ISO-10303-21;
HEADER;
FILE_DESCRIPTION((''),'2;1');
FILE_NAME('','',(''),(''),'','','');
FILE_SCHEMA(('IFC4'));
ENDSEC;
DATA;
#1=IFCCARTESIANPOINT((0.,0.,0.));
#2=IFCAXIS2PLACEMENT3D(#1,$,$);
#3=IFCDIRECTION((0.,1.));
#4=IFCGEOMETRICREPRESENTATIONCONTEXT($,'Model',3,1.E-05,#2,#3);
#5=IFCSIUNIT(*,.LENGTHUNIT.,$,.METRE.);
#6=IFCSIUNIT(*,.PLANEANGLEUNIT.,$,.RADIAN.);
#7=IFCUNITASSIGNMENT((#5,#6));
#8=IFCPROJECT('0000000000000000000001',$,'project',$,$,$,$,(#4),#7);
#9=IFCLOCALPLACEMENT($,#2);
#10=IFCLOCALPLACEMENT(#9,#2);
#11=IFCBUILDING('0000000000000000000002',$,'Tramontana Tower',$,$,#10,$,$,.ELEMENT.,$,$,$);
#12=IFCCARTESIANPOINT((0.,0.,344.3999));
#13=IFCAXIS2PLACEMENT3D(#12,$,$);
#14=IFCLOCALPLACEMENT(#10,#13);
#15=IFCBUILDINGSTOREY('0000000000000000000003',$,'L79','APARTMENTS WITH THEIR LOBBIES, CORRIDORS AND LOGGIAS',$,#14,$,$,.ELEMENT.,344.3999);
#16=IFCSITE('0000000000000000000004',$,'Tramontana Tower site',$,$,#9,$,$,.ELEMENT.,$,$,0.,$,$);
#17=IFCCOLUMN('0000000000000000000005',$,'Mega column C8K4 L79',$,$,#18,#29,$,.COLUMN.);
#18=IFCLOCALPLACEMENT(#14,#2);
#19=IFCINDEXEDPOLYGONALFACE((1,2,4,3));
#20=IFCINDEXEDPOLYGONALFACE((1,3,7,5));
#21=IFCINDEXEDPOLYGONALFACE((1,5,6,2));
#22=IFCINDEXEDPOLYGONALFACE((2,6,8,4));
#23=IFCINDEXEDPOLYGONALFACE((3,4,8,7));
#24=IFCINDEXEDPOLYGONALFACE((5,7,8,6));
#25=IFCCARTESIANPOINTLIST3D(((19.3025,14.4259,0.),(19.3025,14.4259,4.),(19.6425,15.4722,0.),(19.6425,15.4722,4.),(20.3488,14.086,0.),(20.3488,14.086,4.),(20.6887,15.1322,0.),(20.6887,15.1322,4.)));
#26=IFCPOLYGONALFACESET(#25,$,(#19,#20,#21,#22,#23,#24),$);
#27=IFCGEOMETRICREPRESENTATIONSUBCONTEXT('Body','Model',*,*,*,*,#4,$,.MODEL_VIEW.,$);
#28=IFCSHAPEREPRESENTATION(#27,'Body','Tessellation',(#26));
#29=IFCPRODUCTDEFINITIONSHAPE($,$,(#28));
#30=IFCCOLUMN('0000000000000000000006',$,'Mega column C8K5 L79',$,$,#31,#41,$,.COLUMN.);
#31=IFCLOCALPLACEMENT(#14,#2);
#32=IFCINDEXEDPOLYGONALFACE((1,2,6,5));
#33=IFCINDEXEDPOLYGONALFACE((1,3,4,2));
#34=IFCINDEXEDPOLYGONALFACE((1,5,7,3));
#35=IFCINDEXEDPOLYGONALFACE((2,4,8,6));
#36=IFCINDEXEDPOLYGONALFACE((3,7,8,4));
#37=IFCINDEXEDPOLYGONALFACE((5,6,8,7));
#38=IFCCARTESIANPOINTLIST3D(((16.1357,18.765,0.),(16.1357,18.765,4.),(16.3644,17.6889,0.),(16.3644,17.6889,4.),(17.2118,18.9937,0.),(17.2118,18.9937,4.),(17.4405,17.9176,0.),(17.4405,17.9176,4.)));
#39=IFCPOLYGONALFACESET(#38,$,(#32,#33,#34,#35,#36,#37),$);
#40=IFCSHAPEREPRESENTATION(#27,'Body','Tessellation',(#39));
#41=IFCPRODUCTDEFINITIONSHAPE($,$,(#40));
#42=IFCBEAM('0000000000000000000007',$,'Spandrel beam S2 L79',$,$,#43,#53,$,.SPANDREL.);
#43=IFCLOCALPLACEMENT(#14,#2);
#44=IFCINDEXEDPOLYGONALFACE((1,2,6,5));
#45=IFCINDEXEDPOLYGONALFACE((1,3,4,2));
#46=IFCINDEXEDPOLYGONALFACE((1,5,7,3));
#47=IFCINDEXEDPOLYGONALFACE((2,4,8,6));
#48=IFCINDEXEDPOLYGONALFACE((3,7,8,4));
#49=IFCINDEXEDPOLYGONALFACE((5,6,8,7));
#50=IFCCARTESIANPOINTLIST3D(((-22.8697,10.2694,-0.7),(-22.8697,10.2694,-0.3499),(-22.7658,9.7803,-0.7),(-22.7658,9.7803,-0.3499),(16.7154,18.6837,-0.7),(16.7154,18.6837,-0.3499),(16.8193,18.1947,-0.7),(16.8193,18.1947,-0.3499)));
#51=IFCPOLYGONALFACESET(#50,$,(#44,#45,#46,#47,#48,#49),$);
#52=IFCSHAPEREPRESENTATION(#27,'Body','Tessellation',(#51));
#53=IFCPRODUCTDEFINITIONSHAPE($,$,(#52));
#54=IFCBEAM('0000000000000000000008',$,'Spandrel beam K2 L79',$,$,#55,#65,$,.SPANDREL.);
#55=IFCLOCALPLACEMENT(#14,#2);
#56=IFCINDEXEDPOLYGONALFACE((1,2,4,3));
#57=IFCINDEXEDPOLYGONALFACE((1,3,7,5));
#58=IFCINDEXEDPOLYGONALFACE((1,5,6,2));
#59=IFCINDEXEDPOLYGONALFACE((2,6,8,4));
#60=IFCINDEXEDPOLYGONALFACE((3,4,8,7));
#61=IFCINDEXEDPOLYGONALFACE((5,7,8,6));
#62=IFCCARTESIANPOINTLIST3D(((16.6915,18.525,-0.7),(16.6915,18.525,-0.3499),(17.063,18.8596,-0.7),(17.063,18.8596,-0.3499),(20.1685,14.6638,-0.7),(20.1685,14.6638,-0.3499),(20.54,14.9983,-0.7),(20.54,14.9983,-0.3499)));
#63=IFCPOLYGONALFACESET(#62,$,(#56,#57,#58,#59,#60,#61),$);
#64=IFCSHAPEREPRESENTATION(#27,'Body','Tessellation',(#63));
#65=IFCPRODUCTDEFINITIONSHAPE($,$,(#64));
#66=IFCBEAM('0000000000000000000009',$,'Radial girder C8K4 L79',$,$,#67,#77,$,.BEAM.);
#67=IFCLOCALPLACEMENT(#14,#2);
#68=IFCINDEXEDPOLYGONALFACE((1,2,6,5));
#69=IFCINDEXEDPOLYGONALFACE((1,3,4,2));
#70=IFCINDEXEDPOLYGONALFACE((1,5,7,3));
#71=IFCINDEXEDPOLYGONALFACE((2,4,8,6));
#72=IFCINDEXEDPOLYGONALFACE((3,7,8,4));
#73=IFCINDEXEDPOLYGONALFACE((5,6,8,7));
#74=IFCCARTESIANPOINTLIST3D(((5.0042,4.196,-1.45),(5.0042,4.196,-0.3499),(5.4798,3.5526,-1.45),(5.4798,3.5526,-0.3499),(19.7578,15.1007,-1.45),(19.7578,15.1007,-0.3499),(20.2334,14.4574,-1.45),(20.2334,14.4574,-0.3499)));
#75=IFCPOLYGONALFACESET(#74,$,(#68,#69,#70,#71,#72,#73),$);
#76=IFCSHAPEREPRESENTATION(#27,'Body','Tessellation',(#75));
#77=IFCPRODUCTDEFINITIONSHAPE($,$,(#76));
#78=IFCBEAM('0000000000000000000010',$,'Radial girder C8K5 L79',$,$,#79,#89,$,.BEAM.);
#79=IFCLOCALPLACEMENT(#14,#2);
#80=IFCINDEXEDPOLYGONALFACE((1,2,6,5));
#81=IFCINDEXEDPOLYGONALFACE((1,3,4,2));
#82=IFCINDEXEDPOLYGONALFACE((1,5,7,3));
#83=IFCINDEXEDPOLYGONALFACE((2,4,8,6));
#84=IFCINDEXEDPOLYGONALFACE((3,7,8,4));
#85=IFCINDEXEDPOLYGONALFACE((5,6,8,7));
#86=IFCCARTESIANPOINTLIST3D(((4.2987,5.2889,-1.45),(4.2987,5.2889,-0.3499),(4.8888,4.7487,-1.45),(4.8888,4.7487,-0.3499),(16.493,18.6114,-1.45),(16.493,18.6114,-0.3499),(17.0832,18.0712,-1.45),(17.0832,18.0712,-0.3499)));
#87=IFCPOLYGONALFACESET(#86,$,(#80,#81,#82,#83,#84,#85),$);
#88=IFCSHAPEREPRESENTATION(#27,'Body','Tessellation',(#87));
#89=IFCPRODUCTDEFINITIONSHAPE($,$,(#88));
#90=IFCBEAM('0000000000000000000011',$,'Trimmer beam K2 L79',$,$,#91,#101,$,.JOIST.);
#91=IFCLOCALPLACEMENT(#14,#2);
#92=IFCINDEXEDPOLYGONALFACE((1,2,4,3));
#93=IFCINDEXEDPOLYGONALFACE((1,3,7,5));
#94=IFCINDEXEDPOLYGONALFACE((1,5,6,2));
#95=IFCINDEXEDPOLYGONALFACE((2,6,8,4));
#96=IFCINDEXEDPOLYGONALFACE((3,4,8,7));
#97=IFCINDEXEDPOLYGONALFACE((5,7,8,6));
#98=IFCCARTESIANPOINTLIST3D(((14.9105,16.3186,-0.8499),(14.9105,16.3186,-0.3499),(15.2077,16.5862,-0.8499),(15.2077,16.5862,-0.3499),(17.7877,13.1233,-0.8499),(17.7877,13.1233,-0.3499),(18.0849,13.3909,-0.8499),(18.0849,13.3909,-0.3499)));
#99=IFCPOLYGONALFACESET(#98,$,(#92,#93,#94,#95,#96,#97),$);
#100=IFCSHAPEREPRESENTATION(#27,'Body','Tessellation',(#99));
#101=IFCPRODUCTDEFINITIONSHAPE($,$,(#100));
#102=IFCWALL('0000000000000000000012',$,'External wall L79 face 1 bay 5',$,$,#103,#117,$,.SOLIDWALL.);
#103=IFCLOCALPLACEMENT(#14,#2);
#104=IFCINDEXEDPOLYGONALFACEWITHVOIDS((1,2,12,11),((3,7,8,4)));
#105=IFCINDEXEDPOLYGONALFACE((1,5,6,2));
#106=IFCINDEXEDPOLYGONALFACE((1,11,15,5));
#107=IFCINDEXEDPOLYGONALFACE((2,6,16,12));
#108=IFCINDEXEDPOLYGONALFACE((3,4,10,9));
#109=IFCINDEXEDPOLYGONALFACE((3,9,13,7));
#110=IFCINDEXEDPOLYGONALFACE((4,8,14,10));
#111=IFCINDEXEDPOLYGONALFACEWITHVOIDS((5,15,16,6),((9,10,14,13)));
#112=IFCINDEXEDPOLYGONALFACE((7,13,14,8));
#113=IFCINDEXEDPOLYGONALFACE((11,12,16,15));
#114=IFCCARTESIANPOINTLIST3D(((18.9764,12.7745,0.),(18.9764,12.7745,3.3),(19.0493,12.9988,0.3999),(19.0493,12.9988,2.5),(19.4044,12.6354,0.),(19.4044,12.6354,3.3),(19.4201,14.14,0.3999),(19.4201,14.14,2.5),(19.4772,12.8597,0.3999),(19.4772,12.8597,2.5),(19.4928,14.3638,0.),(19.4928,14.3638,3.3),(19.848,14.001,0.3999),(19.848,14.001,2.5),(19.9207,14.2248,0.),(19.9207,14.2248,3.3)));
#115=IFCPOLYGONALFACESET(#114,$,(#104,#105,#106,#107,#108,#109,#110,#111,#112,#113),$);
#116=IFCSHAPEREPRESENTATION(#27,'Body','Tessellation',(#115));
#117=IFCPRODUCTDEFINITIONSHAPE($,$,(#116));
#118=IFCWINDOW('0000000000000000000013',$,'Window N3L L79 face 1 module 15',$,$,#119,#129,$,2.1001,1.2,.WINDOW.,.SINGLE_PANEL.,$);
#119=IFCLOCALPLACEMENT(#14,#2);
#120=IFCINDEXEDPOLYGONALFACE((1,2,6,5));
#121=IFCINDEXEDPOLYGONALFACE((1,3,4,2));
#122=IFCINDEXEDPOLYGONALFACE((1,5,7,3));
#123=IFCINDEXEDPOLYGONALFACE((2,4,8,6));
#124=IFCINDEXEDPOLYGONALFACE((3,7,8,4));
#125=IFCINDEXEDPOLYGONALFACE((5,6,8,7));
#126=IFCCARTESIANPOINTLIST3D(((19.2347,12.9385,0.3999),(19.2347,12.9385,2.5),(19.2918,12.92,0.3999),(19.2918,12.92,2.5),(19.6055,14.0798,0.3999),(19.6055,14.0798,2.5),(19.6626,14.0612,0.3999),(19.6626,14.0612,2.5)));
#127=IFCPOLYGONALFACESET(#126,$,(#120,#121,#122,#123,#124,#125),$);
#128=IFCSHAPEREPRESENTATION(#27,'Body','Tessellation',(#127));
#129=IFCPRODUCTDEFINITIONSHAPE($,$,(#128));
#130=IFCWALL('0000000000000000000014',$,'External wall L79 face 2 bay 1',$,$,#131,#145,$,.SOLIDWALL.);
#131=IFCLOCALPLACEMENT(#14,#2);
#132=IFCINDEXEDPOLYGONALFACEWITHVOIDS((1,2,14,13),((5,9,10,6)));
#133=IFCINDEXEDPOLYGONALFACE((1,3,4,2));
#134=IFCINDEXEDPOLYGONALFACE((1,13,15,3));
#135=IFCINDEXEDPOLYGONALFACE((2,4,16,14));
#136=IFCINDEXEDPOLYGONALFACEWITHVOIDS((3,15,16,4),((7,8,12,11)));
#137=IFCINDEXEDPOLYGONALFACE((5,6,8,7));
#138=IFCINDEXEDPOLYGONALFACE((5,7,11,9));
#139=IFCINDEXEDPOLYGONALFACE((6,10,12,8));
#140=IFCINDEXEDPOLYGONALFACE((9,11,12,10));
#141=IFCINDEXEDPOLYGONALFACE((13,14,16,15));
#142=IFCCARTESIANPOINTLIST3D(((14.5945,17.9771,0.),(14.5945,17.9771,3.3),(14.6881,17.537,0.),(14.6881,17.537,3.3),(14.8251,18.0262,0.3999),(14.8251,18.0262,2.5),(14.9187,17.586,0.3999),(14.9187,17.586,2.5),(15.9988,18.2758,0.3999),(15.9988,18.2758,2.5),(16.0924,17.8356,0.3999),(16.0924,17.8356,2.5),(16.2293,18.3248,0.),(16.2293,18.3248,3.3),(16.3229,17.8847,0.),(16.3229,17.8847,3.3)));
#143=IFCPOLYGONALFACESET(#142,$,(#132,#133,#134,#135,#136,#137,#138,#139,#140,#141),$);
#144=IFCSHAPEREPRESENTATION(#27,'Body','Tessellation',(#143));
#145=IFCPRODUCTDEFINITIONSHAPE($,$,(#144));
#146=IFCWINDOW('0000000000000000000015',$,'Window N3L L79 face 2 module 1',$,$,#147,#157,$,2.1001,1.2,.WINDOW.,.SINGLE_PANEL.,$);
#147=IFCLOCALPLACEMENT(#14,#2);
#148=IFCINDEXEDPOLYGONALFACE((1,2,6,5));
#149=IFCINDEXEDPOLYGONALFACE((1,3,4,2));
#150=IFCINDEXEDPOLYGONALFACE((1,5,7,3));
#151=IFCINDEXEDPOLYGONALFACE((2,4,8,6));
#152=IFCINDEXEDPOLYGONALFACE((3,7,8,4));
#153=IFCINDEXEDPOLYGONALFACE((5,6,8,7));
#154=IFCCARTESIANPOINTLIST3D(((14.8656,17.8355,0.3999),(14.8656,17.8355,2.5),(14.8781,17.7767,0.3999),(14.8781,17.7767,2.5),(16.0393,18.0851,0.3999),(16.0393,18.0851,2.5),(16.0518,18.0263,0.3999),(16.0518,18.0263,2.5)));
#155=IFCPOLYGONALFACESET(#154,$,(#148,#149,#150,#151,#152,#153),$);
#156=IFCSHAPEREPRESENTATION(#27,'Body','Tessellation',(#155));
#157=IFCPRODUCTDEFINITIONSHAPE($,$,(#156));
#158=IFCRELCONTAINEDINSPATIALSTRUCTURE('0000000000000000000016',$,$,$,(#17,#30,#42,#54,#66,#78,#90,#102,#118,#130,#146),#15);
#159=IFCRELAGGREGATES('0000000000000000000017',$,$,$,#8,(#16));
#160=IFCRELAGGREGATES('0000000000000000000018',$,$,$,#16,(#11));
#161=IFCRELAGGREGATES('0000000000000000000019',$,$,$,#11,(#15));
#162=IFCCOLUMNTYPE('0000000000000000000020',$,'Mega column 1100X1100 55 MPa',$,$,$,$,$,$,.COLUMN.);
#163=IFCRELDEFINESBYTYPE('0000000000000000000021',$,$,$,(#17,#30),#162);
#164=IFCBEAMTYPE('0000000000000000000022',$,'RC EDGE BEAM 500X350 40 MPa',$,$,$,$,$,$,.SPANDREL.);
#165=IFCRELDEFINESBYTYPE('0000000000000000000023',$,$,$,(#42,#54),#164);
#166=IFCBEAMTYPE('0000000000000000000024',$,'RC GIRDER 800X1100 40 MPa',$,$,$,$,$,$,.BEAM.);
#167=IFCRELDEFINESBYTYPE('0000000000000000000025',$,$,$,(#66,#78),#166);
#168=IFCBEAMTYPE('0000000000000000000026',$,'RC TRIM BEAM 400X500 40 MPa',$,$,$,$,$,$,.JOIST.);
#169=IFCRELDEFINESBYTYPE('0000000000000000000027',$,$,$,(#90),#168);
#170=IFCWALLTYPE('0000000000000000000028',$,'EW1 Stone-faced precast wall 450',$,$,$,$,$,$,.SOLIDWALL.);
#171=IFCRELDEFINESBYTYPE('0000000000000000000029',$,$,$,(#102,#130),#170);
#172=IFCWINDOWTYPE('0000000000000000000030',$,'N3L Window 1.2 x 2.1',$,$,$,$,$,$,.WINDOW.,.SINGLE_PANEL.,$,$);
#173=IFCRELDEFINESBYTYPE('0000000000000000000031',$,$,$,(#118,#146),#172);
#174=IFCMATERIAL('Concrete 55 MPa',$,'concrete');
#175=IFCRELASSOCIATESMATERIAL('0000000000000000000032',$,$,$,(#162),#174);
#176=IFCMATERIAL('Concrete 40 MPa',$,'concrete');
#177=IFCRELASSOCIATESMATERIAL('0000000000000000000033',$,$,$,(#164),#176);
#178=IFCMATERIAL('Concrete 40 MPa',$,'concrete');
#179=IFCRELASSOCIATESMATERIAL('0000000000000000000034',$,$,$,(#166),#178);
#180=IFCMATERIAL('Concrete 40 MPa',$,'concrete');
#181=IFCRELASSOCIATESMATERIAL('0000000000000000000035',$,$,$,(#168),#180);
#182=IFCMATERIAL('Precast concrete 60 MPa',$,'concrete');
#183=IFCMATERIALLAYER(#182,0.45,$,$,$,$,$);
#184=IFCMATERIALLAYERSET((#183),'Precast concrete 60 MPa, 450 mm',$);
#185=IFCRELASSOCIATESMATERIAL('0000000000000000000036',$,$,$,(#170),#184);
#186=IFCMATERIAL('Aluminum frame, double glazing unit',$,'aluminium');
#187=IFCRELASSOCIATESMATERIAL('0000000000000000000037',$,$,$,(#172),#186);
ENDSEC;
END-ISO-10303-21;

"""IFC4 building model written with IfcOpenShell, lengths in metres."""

from ifc_helpers import new_model, si_unit, direction, frame, frame_2d, origin, origin_2d, place, context, subcontext, project, spatial, rectangle, extrude, material, layer, layer_set, material_profile, profile_set, type_object, element, fill, save


model = new_model("IFC4")

# Units and contexts
model_context = context("Model", 3, precision=1e-05, world=origin(), true_north=direction((0.0, 1.0)))
body_context = subcontext(model_context, "Body", "Model", "MODEL_VIEW")
ifc_project = project(units=[si_unit("LENGTHUNIT", "METRE"), si_unit("PLANEANGLEUNIT", "RADIAN")], contexts=[model_context])

# Site, building, storey
site_placement = place(None, origin())
site = spatial("IfcSite", under=ifc_project, at=site_placement, Name="Tramontana Tower site", CompositionType="ELEMENT", RefElevation=0.0)
building_placement = place(site_placement, origin())
building = spatial("IfcBuilding", under=site, at=building_placement, Name="Tramontana Tower", CompositionType="ELEMENT")
storey_placement = place(building_placement, frame((0.0, 0.0, 344.3999)))
storey = spatial("IfcBuildingStorey", under=building, at=storey_placement, Name="L79", Description="APARTMENTS WITH THEIR LOBBIES, CORRIDORS AND LOGGIAS", CompositionType="ELEMENT", Elevation=344.3999)

# Columns
ifc_material_1 = material(Name="Concrete 55 MPa", Category="concrete")
ifc_material_profile_1 = material_profile(ifc_material_1, rectangle(XDim=1.1001, YDim=1.1001, at=origin_2d()), Name="Mega column 1100X1100 55 MPa")
ifc_profile_set_1 = profile_set([ifc_material_profile_1], Name="Concrete 55 MPa")
column_type = type_object("IfcColumnType", Name="Mega column 1100X1100 55 MPa", PredefinedType="COLUMN", material=ifc_profile_set_1)
for number, where, z_axis, x_axis, name in (
    (1, (19.9956, 14.7791, 0.0), (0.0, 0.0, 1.0), (0.309017, 0.951057, 0.0), "Mega column C8K4 L79"),
    (2, (16.7881, 18.3413, 0.0), (0.0, 0.0, 1.0), (-0.978148, -0.207912, 0.0), "Mega column C8K5 L79"),
):
    element("IfcColumn", number, at=place(storey_placement, frame(where, z_axis=z_axis, x_axis=x_axis)), inside=storey, type_object=column_type, Name=name, PredefinedType="COLUMN", context=body_context, shape_type="SweptSolid", body=[
        extrude(rectangle(XDim=1.1001, YDim=1.1001, at=origin_2d()), origin(), (0.0, 0.0, 1.0), 4.0),
    ])

# Beams
ifc_material_2 = material(Name="Concrete 40 MPa", Category="concrete")
ifc_material_profile_2 = material_profile(ifc_material_2, rectangle(XDim=0.5, YDim=0.3501, at=origin_2d()), Name="RC EDGE BEAM 500X350 40 MPa")
ifc_profile_set_2 = profile_set([ifc_material_profile_2], Name="Concrete 40 MPa")
beam_type_1 = type_object("IfcBeamType", Name="RC EDGE BEAM 500X350 40 MPa", PredefinedType="SPANDREL", material=ifc_profile_set_2)
beam_1_placement = place(storey_placement, frame((16.7673, 18.4392, -0.5249), z_axis=(-0.978146, -0.207918, 0.0), x_axis=(0.207918, -0.978146, 0.0)))
element("IfcBeam", 3, at=beam_1_placement, inside=storey, type_object=beam_type_1, Name="Spandrel beam S2 L79", PredefinedType="SPANDREL", context=body_context, shape_type="SweptSolid", body=[
    extrude(rectangle(XDim=0.5, YDim=0.3501, at=origin_2d()), origin(), (0.0, 0.0, 1.0), 40.4695),
])
beam_2_placement = place(storey_placement, frame((20.3542, 14.8311, -0.5249), z_axis=(-0.669162, 0.743117, 0.0), x_axis=(-0.743117, -0.669162, 0.0)))
element("IfcBeam", 4, at=beam_2_placement, inside=storey, type_object=beam_type_1, Name="Spandrel beam K2 L79", PredefinedType="SPANDREL", context=body_context, shape_type="SweptSolid", body=[
    extrude(rectangle(XDim=0.5, YDim=0.3501, at=origin_2d()), origin(), (0.0, 0.0, 1.0), 5.196),
])
ifc_material_3 = material(Name="Concrete 40 MPa", Category="concrete")
ifc_material_profile_3 = material_profile(ifc_material_3, rectangle(XDim=0.8, YDim=1.1001, at=origin_2d()), Name="RC GIRDER 800X1100 40 MPa")
ifc_profile_set_3 = profile_set([ifc_material_profile_3], Name="Concrete 40 MPa")
beam_type_2 = type_object("IfcBeamType", Name="RC GIRDER 800X1100 40 MPa", PredefinedType="BEAM", material=ifc_profile_set_3)
beam_3_placement = place(storey_placement, frame((19.9956, 14.7791, -0.8999), z_axis=(-0.804179, -0.594388, 0.0), x_axis=(0.594388, -0.804179, 0.0)))
element("IfcBeam", 5, at=beam_3_placement, inside=storey, type_object=beam_type_2, Name="Radial girder C8K4 L79", PredefinedType="BEAM", context=body_context, shape_type="SweptSolid", body=[
    extrude(rectangle(XDim=0.8, YDim=1.1001, at=origin_2d()), origin(), (0.0, 0.0, 1.0), 18.3462),
])
beam_4_placement = place(storey_placement, frame((16.7881, 18.3413, -0.8999), z_axis=(-0.675184, -0.737649, 0.0), x_axis=(0.737649, -0.675184, 0.0)))
element("IfcBeam", 6, at=beam_4_placement, inside=storey, type_object=beam_type_2, Name="Radial girder C8K5 L79", PredefinedType="BEAM", context=body_context, shape_type="SweptSolid", body=[
    extrude(rectangle(XDim=0.8, YDim=1.1001, at=origin_2d()), origin(), (0.0, 0.0, 1.0), 18.0608),
])
ifc_material_4 = material(Name="Concrete 40 MPa", Category="concrete")
ifc_material_profile_4 = material_profile(ifc_material_4, rectangle(XDim=0.3999, YDim=0.5, at=origin_2d()), Name="RC TRIM BEAM 400X500 40 MPa")
ifc_profile_set_4 = profile_set([ifc_material_profile_4], Name="Concrete 40 MPa")
beam_type_3 = type_object("IfcBeamType", Name="RC TRIM BEAM 400X500 40 MPa", PredefinedType="JOIST", material=ifc_profile_set_4)
beam_5_placement = place(storey_placement, frame((17.9363, 13.2571, -0.5999), z_axis=(-0.669147, 0.74313, 0.0), x_axis=(-0.74313, -0.669147, 0.0)))
element("IfcBeam", 7, at=beam_5_placement, inside=storey, type_object=beam_type_3, Name="Trimmer beam K2 L79", PredefinedType="JOIST", context=body_context, shape_type="SweptSolid", body=[
    extrude(rectangle(XDim=0.3999, YDim=0.5, at=origin_2d()), origin(), (0.0, 0.0, 1.0), 4.2998),
])

# Walls, openings, windows
ifc_material_5 = material(Name="Precast concrete 60 MPa", Category="concrete")
ifc_layer_1 = layer(ifc_material_5, 0.45)
ifc_layer_set_1 = layer_set([ifc_layer_1], Name="Precast concrete 60 MPa, 450 mm")
wall_type_1 = type_object("IfcWallType", Name="EW1 Stone-faced precast wall 450", PredefinedType="SOLIDWALL", material=ifc_layer_set_1)
wall_1_placement = place(storey_placement, frame((19.1904, 12.7051, 0.0), z_axis=(0.0, 0.0, 1.0), x_axis=(0.308987, 0.951066, 0.0)))
wall_1 = element("IfcWall", 8, at=wall_1_placement, inside=storey, type_object=wall_type_1, Name="External wall L79 face 1 bay 5", PredefinedType="SOLIDWALL", context=body_context, shape_type="SweptSolid", body=[
    extrude(rectangle(XDim=1.6711, YDim=0.45, at=frame_2d((0.8354, 0.0))), origin(), (0.0, 0.0, 1.0), 3.3),
])
opening_1_placement = place(wall_1_placement, frame((0.2356, 0.0, 0.3999)))
opening_1 = element("IfcOpeningElement", 9, at=opening_1_placement, cuts=wall_1, PredefinedType="OPENING", context=body_context, shape_type="SweptSolid", body=[
    extrude(rectangle(XDim=1.2, YDim=2.1001, at=frame_2d((0.6001, 1.05))), frame((0.0, 0.2349, 0.0), z_axis=(0.0, -1.0, 0.0), x_axis=(1.0, 0.0, 0.0)), (0.0, 0.0, 1.0), 0.47),
])
ifc_material_6 = material(Name="Aluminum frame, double glazing unit", Category="aluminium")
window_type_1 = type_object("IfcWindowType", Name="N3L Window 1.2 x 2.1", PartitioningType="SINGLE_PANEL", PredefinedType="WINDOW", material=ifc_material_6)
window_1_placement = place(opening_1_placement, origin())
window_1 = element("IfcWindow", 10, at=window_1_placement, inside=storey, type_object=window_type_1, Name="Window N3L L79 face 1 module 15", OverallHeight=2.1001, OverallWidth=1.2, PartitioningType="SINGLE_PANEL", PredefinedType="WINDOW", context=body_context, shape_type="SweptSolid", body=[
    extrude(rectangle(XDim=1.2, YDim=2.1001, at=frame_2d((0.6001, 1.05))), frame((0.0, 0.03, 0.0), z_axis=(0.0, -1.0, 0.0), x_axis=(1.0, 0.0, 0.0)), (0.0, 0.0, 1.0), 0.0601),
])
fill(opening_1, window_1)
wall_2_placement = place(storey_placement, frame((16.2761, 18.1047, 0.0), z_axis=(0.0, 0.0, 1.0), x_axis=(-0.978126, -0.208012, 0.0)))
wall_2 = element("IfcWall", 11, at=wall_2_placement, inside=storey, type_object=wall_type_1, Name="External wall L79 face 2 bay 1", PredefinedType="SOLIDWALL", context=body_context, shape_type="SweptSolid", body=[
    extrude(rectangle(XDim=1.6714, YDim=0.45, at=frame_2d((0.8357, 0.0))), origin(), (0.0, 0.0, 1.0), 3.3),
])
opening_2_placement = place(wall_2_placement, frame((0.2356, 0.0, 0.3999)))
opening_2 = element("IfcOpeningElement", 12, at=opening_2_placement, cuts=wall_2, PredefinedType="OPENING", context=body_context, shape_type="SweptSolid", body=[
    extrude(rectangle(XDim=1.2, YDim=2.1001, at=frame_2d((0.6001, 1.05))), frame((0.0, 0.2349, 0.0), z_axis=(0.0, -1.0, 0.0), x_axis=(1.0, 0.0, 0.0)), (0.0, 0.0, 1.0), 0.47),
])
window_2_placement = place(opening_2_placement, origin())
window_2 = element("IfcWindow", 13, at=window_2_placement, inside=storey, type_object=window_type_1, Name="Window N3L L79 face 2 module 1", OverallHeight=2.1001, OverallWidth=1.2, PartitioningType="SINGLE_PANEL", PredefinedType="WINDOW", context=body_context, shape_type="SweptSolid", body=[
    extrude(rectangle(XDim=1.2, YDim=2.1001, at=frame_2d((0.6001, 1.05))), frame((0.0, 0.03, 0.0), z_axis=(0.0, -1.0, 0.0), x_axis=(1.0, 0.0, 0.0)), (0.0, 0.0, 1.0), 0.0601),
])
fill(opening_2, window_2)

save(model, "model.ifc")
